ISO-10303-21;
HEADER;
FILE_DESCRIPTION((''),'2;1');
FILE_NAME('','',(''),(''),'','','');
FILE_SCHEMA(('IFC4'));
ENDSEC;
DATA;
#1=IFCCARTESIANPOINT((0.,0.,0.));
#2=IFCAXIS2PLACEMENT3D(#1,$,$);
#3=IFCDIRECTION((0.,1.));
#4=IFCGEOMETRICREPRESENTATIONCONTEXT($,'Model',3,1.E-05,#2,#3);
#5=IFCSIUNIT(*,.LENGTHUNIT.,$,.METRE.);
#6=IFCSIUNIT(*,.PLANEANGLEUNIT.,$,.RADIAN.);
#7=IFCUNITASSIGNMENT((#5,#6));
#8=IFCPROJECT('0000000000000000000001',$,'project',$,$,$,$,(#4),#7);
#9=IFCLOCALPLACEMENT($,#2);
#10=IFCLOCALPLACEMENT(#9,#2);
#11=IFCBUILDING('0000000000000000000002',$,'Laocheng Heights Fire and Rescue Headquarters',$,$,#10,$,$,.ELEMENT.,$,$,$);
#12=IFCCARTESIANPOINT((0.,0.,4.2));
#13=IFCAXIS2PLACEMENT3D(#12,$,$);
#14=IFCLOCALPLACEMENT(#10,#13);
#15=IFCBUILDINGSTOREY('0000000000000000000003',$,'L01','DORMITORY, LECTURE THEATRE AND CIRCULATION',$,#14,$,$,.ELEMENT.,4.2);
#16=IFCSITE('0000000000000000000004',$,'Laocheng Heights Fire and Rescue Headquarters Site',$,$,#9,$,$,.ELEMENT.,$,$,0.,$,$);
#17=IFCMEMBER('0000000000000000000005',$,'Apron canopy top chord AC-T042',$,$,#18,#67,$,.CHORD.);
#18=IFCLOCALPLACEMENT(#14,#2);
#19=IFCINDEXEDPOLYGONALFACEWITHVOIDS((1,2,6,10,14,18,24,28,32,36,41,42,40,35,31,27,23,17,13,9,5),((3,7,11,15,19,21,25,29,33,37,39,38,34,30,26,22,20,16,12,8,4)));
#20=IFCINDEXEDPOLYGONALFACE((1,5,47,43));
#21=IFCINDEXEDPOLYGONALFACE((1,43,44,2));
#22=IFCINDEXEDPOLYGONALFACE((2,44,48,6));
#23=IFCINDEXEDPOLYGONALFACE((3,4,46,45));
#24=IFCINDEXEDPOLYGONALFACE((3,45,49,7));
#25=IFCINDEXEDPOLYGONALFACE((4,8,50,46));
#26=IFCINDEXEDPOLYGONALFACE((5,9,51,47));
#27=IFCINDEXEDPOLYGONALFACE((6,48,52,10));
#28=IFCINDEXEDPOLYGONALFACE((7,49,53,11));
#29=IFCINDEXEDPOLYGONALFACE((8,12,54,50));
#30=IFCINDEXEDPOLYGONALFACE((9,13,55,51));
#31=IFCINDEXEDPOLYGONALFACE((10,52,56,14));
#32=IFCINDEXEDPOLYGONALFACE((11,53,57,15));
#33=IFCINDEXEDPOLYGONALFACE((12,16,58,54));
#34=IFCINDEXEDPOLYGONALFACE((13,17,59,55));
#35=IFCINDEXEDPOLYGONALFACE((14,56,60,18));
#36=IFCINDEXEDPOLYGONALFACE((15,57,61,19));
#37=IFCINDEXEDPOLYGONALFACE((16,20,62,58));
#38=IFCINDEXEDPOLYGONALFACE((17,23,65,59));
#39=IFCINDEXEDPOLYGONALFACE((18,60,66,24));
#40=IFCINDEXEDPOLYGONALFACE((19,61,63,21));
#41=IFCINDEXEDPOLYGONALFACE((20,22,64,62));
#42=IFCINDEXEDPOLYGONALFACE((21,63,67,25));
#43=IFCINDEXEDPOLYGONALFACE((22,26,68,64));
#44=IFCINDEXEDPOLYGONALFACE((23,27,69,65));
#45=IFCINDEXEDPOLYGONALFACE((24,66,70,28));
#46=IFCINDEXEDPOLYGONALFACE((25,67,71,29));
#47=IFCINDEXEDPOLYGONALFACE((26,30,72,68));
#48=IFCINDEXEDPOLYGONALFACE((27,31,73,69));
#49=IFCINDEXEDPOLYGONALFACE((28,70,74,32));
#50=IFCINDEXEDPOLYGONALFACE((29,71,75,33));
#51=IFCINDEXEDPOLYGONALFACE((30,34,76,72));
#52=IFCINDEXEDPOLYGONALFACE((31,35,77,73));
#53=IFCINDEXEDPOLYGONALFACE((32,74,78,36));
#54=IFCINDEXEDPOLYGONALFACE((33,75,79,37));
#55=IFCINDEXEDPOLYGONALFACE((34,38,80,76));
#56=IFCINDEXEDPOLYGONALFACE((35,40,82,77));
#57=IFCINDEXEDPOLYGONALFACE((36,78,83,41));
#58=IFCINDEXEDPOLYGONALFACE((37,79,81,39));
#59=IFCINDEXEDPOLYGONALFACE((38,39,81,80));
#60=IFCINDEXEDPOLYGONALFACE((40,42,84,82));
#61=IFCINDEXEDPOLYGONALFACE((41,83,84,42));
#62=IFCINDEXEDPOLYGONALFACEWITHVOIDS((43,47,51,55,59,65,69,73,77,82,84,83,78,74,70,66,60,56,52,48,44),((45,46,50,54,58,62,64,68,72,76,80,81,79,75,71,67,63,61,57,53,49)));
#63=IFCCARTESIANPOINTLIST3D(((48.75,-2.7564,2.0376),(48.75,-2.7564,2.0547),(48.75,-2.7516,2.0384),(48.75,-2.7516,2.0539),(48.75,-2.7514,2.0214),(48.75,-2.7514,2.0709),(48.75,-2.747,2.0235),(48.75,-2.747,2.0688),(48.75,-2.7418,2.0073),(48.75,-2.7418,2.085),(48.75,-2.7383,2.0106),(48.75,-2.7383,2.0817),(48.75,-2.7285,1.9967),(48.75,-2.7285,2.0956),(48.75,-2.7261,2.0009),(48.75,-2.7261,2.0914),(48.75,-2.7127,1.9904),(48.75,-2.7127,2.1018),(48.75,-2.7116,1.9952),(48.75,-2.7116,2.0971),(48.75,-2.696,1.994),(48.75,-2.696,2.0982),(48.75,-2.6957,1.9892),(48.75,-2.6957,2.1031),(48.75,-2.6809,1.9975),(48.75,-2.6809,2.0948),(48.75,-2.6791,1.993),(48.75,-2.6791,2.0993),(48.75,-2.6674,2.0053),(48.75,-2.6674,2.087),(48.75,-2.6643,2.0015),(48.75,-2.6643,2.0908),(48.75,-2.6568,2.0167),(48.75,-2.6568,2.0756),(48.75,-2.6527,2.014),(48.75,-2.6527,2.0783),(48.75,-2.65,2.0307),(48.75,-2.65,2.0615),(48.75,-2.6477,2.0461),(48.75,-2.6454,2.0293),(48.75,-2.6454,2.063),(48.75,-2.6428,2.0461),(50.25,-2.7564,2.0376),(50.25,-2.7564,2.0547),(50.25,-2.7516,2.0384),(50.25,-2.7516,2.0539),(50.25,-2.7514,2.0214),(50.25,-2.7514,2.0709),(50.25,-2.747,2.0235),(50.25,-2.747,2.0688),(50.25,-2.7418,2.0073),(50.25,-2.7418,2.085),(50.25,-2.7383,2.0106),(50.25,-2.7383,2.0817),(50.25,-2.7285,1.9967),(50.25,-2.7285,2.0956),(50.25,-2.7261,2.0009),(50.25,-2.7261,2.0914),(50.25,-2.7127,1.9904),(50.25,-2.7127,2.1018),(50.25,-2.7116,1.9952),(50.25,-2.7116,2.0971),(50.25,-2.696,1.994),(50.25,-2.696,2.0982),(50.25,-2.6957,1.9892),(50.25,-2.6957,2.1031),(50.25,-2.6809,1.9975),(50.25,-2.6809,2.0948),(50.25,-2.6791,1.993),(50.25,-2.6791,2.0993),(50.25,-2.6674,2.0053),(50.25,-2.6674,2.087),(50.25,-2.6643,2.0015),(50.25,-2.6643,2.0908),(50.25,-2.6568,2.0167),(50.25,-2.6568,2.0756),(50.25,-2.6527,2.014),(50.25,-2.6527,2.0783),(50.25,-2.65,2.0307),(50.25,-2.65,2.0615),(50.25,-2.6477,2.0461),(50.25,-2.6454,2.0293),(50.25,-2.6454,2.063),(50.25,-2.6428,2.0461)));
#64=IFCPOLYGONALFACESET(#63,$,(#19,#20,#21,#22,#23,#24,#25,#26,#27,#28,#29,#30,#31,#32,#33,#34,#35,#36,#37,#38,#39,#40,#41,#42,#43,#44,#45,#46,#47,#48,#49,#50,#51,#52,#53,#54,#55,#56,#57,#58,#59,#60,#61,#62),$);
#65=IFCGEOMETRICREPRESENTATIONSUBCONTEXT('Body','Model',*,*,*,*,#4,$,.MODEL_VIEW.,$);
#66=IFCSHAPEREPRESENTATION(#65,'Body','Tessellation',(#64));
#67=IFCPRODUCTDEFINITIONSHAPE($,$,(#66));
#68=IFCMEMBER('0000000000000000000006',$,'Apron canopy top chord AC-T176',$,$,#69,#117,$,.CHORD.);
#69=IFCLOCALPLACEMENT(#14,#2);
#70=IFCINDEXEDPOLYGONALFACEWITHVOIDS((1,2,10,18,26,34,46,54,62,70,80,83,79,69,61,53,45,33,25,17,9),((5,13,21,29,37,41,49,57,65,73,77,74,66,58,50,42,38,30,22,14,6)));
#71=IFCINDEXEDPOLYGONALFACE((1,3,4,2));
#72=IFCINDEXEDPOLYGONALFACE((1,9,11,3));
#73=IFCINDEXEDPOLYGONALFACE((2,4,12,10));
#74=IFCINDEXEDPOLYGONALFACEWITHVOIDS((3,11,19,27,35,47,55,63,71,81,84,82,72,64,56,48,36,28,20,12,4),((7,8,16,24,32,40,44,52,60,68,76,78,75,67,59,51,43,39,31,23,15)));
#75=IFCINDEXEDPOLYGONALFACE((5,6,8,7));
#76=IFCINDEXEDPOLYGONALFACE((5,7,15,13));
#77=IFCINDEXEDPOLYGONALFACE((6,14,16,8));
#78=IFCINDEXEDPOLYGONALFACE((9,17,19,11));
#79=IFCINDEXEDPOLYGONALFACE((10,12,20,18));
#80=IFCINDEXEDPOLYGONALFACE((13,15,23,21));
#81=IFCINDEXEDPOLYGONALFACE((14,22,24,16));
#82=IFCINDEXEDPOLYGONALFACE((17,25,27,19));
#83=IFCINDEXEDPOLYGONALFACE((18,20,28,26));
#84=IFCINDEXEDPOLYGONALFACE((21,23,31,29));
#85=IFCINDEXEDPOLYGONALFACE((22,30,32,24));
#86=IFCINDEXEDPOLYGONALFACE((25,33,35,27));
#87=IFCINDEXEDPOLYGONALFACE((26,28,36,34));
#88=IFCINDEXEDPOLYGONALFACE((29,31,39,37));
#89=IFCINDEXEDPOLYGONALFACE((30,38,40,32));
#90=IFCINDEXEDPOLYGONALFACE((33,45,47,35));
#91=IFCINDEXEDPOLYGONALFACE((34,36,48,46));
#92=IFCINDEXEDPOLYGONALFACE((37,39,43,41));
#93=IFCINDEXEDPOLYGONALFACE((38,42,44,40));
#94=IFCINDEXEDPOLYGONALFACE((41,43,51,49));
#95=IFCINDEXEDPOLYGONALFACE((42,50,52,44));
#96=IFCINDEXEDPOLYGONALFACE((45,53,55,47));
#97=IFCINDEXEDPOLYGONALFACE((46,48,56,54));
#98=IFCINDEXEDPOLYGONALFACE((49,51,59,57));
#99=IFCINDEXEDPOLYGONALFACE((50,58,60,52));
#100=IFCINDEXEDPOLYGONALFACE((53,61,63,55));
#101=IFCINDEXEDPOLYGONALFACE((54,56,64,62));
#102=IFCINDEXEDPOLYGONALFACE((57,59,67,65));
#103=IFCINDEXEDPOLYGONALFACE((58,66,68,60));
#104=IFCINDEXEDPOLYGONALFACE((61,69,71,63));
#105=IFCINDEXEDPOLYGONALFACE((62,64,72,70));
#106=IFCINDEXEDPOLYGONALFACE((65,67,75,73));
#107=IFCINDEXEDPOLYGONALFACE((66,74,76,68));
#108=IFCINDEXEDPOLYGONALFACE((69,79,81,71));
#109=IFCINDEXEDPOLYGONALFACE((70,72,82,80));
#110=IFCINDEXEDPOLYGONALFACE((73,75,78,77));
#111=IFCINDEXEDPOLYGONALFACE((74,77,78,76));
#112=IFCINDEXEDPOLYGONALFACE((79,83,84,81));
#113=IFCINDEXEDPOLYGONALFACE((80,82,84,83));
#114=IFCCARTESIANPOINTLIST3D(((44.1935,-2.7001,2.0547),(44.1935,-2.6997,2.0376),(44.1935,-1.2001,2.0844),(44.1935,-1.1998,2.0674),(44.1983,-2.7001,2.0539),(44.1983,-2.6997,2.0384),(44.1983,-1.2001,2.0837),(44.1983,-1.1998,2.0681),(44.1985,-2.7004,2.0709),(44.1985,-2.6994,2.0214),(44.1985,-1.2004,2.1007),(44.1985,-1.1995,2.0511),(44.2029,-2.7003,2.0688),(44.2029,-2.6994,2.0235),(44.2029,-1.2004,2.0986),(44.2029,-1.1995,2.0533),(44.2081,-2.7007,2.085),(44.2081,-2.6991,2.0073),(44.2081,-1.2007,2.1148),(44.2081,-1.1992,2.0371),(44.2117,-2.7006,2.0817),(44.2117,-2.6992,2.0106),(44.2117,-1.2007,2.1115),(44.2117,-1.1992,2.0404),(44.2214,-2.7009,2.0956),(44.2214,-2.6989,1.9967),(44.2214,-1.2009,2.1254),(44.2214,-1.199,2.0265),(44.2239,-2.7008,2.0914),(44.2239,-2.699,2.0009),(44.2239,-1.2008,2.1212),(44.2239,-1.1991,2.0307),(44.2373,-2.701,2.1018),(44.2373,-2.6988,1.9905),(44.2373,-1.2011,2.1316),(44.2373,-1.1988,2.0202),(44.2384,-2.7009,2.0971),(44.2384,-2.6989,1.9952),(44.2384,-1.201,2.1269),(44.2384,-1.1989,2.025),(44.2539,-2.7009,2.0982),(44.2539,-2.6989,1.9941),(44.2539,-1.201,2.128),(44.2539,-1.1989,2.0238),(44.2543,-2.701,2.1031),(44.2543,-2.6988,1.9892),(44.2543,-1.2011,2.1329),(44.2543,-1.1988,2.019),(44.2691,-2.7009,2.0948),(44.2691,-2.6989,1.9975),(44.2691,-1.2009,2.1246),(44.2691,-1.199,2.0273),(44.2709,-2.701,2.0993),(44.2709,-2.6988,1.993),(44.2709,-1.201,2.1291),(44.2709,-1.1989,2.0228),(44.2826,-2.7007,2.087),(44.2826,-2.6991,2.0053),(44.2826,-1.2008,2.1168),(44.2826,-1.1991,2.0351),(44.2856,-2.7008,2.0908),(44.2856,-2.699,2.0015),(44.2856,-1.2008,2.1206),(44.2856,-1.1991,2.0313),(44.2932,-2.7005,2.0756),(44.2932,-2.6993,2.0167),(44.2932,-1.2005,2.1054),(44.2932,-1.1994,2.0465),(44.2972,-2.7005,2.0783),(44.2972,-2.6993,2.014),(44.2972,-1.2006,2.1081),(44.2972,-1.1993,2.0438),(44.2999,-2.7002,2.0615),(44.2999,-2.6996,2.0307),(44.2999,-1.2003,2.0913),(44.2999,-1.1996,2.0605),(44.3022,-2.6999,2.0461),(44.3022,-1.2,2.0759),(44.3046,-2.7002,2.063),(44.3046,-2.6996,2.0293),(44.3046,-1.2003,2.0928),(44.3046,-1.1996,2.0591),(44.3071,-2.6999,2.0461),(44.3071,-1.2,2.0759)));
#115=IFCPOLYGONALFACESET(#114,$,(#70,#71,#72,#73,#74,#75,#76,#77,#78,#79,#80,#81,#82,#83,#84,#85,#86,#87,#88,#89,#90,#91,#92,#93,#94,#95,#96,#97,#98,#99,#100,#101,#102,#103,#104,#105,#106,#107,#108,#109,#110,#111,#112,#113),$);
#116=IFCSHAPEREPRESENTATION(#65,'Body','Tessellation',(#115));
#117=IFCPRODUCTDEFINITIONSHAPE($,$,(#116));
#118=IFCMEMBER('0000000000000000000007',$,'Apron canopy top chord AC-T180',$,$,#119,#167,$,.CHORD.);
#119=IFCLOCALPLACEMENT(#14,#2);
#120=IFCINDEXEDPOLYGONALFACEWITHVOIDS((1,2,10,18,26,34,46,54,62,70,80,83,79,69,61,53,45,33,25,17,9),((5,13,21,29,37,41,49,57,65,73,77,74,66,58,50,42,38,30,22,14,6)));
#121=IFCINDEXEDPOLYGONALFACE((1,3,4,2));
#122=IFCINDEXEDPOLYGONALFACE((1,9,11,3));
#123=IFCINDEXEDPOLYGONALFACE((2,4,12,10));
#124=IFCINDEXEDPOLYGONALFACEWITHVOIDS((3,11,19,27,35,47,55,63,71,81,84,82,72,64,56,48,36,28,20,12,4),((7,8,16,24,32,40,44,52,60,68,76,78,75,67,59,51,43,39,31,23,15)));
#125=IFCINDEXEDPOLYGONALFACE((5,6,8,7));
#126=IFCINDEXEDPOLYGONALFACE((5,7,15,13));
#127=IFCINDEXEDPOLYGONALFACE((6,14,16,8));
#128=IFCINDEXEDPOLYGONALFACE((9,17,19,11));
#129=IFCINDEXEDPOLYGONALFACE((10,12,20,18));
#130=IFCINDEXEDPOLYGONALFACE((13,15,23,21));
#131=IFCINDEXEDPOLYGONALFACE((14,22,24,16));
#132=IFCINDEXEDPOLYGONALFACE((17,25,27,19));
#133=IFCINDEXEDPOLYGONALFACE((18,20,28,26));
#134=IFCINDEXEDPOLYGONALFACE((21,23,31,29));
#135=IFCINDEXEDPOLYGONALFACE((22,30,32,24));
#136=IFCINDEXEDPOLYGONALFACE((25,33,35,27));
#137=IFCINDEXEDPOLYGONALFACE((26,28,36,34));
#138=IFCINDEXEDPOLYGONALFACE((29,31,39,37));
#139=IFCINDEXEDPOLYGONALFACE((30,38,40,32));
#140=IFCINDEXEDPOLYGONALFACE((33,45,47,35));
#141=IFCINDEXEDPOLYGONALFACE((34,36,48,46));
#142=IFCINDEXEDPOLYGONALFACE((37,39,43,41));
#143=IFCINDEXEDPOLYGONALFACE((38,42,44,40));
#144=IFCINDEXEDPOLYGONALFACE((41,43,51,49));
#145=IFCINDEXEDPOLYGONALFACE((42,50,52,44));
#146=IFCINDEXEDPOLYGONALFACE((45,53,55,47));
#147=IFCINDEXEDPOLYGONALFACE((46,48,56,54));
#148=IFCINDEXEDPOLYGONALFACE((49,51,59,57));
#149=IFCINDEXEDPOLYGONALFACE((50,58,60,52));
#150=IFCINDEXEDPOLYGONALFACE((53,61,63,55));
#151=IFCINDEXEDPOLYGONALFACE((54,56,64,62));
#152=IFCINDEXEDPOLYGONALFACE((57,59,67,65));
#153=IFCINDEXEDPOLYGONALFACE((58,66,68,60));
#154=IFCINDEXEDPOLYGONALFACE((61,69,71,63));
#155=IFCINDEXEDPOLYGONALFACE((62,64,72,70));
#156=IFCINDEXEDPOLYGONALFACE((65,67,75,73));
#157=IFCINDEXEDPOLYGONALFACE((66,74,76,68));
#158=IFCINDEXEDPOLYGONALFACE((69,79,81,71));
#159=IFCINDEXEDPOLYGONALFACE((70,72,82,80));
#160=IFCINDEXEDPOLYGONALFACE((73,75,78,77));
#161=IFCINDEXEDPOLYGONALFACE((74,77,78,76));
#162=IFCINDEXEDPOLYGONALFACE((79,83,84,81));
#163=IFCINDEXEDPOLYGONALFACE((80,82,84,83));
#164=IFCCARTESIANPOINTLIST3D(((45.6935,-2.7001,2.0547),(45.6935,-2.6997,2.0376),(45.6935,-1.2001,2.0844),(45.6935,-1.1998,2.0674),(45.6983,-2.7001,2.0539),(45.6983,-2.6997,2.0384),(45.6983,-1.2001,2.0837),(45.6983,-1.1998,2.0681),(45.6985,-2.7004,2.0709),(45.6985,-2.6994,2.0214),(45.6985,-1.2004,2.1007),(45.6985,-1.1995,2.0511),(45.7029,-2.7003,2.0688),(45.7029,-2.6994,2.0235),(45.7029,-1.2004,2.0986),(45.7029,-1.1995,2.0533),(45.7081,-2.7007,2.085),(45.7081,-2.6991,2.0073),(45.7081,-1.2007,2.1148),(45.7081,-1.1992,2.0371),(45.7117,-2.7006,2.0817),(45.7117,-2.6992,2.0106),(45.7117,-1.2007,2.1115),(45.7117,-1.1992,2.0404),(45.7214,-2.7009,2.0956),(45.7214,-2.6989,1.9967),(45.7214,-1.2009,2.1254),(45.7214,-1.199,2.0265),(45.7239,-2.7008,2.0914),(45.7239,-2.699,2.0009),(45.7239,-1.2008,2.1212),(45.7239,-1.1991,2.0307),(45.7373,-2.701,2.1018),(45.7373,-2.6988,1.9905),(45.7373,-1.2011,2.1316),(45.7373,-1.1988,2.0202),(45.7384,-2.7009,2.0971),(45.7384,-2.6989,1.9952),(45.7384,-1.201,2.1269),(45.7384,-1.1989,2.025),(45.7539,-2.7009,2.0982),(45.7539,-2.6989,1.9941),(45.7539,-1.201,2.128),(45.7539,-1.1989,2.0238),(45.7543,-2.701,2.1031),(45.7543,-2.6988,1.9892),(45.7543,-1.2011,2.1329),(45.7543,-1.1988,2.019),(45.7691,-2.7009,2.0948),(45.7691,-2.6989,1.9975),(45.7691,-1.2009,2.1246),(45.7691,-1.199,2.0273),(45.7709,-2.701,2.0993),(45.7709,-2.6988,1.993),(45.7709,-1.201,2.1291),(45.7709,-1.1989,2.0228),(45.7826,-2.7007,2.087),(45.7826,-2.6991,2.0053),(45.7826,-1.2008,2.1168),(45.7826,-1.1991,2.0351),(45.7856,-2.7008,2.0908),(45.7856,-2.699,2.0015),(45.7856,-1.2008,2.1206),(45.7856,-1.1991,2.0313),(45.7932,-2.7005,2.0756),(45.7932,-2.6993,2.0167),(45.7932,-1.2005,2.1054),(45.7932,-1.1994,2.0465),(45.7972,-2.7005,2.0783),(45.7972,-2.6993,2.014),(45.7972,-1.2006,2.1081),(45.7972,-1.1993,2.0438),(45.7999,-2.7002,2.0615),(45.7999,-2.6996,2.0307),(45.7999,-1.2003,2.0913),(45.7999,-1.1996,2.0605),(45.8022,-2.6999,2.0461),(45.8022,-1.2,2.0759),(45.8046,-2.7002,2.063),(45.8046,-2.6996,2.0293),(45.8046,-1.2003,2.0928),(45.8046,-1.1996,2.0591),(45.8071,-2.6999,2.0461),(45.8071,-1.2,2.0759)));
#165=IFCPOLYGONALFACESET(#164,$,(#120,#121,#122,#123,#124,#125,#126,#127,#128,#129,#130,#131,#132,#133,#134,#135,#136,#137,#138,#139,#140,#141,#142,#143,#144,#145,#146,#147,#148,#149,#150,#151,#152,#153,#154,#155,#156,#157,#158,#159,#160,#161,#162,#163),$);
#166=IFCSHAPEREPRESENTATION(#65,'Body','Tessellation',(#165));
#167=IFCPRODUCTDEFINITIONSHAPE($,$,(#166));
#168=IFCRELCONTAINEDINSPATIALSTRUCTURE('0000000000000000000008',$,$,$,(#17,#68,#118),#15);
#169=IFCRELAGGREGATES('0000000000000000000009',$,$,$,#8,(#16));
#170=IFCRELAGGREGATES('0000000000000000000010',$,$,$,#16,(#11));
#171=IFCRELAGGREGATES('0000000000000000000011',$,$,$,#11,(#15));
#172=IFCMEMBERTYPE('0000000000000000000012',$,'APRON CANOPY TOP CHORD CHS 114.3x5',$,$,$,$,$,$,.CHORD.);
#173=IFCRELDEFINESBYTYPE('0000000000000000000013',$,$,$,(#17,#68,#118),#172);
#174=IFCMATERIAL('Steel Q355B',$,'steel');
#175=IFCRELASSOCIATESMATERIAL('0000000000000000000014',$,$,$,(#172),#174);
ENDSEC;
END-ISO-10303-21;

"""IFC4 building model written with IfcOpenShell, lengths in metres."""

from ifc_helpers import new_model, si_unit, direction, frame, origin, origin_2d, place, context, subcontext, project, spatial, hollow_circle, extrude, material, material_profile, profile_set, type_object, element, save


model = new_model("IFC4")

# Units and contexts
model_context = context("Model", 3, precision=1e-05, world=origin(), true_north=direction((0.0, 1.0)))
body_context = subcontext(model_context, "Body", "Model", "MODEL_VIEW")
ifc_project = project(units=[si_unit("LENGTHUNIT", "METRE"), si_unit("PLANEANGLEUNIT", "RADIAN")], contexts=[model_context])

# Site, building, storey
site_placement = place(None, origin())
site = spatial("IfcSite", under=ifc_project, at=site_placement, Name="Laocheng Heights Fire and Rescue Headquarters Site", CompositionType="ELEMENT", RefElevation=0.0)
building_placement = place(site_placement, origin())
building = spatial("IfcBuilding", under=site, at=building_placement, Name="Laocheng Heights Fire and Rescue Headquarters", CompositionType="ELEMENT")
storey_placement = place(building_placement, frame((0.0, 0.0, 4.2)))
storey = spatial("IfcBuildingStorey", under=building, at=storey_placement, Name="L01", Description="DORMITORY, LECTURE THEATRE AND CIRCULATION", CompositionType="ELEMENT", Elevation=4.2)

# Members
ifc_material_1 = material(Name="Steel Q355B", Category="steel")
ifc_material_profile_1 = material_profile(ifc_material_1, hollow_circle(Radius=0.0571, WallThickness=0.0049, at=origin_2d()), Name="CHS 114.3x5")
ifc_profile_set_1 = profile_set([ifc_material_profile_1], Name="Steel Q355B")
member_type_1 = type_object("IfcMemberType", Name="APRON CANOPY TOP CHORD CHS 114.3x5", PredefinedType="CHORD", material=ifc_profile_set_1)
for number, where, z_axis, x_axis, name in (
    (1, (48.75, -2.7, 2.0461), (1.0, 0.0, 0.0), (0.0, 1.0, 0.0), "Apron canopy top chord AC-T042"),
):
    element("IfcMember", number, at=place(storey_placement, frame(where, z_axis=z_axis, x_axis=x_axis)), inside=storey, type_object=member_type_1, Name=name, PredefinedType="CHORD", context=body_context, shape_type="SweptSolid", body=[
        extrude(hollow_circle(Radius=0.0571, WallThickness=0.0049, at=origin_2d()), origin(), (0.0, 0.0, 1.0), 1.5),
    ])
for number, where, z_axis, x_axis, name in (
    (2, (44.25, -1.2, 2.0759), (0.0, -0.999803, -0.019853), (1.0, 0.0, 0.0), "Apron canopy top chord AC-T176"),
    (3, (45.75, -1.2, 2.0759), (0.0, -0.999803, -0.019853), (1.0, 0.0, 0.0), "Apron canopy top chord AC-T180"),
):
    element("IfcMember", number, at=place(storey_placement, frame(where, z_axis=z_axis, x_axis=x_axis)), inside=storey, type_object=member_type_1, Name=name, PredefinedType="CHORD", context=body_context, shape_type="SweptSolid", body=[
        extrude(hollow_circle(Radius=0.0571, WallThickness=0.0049, at=origin_2d()), origin(), (0.0, 0.0, 1.0), 1.5002),
    ])

save(model, "model.ifc")
